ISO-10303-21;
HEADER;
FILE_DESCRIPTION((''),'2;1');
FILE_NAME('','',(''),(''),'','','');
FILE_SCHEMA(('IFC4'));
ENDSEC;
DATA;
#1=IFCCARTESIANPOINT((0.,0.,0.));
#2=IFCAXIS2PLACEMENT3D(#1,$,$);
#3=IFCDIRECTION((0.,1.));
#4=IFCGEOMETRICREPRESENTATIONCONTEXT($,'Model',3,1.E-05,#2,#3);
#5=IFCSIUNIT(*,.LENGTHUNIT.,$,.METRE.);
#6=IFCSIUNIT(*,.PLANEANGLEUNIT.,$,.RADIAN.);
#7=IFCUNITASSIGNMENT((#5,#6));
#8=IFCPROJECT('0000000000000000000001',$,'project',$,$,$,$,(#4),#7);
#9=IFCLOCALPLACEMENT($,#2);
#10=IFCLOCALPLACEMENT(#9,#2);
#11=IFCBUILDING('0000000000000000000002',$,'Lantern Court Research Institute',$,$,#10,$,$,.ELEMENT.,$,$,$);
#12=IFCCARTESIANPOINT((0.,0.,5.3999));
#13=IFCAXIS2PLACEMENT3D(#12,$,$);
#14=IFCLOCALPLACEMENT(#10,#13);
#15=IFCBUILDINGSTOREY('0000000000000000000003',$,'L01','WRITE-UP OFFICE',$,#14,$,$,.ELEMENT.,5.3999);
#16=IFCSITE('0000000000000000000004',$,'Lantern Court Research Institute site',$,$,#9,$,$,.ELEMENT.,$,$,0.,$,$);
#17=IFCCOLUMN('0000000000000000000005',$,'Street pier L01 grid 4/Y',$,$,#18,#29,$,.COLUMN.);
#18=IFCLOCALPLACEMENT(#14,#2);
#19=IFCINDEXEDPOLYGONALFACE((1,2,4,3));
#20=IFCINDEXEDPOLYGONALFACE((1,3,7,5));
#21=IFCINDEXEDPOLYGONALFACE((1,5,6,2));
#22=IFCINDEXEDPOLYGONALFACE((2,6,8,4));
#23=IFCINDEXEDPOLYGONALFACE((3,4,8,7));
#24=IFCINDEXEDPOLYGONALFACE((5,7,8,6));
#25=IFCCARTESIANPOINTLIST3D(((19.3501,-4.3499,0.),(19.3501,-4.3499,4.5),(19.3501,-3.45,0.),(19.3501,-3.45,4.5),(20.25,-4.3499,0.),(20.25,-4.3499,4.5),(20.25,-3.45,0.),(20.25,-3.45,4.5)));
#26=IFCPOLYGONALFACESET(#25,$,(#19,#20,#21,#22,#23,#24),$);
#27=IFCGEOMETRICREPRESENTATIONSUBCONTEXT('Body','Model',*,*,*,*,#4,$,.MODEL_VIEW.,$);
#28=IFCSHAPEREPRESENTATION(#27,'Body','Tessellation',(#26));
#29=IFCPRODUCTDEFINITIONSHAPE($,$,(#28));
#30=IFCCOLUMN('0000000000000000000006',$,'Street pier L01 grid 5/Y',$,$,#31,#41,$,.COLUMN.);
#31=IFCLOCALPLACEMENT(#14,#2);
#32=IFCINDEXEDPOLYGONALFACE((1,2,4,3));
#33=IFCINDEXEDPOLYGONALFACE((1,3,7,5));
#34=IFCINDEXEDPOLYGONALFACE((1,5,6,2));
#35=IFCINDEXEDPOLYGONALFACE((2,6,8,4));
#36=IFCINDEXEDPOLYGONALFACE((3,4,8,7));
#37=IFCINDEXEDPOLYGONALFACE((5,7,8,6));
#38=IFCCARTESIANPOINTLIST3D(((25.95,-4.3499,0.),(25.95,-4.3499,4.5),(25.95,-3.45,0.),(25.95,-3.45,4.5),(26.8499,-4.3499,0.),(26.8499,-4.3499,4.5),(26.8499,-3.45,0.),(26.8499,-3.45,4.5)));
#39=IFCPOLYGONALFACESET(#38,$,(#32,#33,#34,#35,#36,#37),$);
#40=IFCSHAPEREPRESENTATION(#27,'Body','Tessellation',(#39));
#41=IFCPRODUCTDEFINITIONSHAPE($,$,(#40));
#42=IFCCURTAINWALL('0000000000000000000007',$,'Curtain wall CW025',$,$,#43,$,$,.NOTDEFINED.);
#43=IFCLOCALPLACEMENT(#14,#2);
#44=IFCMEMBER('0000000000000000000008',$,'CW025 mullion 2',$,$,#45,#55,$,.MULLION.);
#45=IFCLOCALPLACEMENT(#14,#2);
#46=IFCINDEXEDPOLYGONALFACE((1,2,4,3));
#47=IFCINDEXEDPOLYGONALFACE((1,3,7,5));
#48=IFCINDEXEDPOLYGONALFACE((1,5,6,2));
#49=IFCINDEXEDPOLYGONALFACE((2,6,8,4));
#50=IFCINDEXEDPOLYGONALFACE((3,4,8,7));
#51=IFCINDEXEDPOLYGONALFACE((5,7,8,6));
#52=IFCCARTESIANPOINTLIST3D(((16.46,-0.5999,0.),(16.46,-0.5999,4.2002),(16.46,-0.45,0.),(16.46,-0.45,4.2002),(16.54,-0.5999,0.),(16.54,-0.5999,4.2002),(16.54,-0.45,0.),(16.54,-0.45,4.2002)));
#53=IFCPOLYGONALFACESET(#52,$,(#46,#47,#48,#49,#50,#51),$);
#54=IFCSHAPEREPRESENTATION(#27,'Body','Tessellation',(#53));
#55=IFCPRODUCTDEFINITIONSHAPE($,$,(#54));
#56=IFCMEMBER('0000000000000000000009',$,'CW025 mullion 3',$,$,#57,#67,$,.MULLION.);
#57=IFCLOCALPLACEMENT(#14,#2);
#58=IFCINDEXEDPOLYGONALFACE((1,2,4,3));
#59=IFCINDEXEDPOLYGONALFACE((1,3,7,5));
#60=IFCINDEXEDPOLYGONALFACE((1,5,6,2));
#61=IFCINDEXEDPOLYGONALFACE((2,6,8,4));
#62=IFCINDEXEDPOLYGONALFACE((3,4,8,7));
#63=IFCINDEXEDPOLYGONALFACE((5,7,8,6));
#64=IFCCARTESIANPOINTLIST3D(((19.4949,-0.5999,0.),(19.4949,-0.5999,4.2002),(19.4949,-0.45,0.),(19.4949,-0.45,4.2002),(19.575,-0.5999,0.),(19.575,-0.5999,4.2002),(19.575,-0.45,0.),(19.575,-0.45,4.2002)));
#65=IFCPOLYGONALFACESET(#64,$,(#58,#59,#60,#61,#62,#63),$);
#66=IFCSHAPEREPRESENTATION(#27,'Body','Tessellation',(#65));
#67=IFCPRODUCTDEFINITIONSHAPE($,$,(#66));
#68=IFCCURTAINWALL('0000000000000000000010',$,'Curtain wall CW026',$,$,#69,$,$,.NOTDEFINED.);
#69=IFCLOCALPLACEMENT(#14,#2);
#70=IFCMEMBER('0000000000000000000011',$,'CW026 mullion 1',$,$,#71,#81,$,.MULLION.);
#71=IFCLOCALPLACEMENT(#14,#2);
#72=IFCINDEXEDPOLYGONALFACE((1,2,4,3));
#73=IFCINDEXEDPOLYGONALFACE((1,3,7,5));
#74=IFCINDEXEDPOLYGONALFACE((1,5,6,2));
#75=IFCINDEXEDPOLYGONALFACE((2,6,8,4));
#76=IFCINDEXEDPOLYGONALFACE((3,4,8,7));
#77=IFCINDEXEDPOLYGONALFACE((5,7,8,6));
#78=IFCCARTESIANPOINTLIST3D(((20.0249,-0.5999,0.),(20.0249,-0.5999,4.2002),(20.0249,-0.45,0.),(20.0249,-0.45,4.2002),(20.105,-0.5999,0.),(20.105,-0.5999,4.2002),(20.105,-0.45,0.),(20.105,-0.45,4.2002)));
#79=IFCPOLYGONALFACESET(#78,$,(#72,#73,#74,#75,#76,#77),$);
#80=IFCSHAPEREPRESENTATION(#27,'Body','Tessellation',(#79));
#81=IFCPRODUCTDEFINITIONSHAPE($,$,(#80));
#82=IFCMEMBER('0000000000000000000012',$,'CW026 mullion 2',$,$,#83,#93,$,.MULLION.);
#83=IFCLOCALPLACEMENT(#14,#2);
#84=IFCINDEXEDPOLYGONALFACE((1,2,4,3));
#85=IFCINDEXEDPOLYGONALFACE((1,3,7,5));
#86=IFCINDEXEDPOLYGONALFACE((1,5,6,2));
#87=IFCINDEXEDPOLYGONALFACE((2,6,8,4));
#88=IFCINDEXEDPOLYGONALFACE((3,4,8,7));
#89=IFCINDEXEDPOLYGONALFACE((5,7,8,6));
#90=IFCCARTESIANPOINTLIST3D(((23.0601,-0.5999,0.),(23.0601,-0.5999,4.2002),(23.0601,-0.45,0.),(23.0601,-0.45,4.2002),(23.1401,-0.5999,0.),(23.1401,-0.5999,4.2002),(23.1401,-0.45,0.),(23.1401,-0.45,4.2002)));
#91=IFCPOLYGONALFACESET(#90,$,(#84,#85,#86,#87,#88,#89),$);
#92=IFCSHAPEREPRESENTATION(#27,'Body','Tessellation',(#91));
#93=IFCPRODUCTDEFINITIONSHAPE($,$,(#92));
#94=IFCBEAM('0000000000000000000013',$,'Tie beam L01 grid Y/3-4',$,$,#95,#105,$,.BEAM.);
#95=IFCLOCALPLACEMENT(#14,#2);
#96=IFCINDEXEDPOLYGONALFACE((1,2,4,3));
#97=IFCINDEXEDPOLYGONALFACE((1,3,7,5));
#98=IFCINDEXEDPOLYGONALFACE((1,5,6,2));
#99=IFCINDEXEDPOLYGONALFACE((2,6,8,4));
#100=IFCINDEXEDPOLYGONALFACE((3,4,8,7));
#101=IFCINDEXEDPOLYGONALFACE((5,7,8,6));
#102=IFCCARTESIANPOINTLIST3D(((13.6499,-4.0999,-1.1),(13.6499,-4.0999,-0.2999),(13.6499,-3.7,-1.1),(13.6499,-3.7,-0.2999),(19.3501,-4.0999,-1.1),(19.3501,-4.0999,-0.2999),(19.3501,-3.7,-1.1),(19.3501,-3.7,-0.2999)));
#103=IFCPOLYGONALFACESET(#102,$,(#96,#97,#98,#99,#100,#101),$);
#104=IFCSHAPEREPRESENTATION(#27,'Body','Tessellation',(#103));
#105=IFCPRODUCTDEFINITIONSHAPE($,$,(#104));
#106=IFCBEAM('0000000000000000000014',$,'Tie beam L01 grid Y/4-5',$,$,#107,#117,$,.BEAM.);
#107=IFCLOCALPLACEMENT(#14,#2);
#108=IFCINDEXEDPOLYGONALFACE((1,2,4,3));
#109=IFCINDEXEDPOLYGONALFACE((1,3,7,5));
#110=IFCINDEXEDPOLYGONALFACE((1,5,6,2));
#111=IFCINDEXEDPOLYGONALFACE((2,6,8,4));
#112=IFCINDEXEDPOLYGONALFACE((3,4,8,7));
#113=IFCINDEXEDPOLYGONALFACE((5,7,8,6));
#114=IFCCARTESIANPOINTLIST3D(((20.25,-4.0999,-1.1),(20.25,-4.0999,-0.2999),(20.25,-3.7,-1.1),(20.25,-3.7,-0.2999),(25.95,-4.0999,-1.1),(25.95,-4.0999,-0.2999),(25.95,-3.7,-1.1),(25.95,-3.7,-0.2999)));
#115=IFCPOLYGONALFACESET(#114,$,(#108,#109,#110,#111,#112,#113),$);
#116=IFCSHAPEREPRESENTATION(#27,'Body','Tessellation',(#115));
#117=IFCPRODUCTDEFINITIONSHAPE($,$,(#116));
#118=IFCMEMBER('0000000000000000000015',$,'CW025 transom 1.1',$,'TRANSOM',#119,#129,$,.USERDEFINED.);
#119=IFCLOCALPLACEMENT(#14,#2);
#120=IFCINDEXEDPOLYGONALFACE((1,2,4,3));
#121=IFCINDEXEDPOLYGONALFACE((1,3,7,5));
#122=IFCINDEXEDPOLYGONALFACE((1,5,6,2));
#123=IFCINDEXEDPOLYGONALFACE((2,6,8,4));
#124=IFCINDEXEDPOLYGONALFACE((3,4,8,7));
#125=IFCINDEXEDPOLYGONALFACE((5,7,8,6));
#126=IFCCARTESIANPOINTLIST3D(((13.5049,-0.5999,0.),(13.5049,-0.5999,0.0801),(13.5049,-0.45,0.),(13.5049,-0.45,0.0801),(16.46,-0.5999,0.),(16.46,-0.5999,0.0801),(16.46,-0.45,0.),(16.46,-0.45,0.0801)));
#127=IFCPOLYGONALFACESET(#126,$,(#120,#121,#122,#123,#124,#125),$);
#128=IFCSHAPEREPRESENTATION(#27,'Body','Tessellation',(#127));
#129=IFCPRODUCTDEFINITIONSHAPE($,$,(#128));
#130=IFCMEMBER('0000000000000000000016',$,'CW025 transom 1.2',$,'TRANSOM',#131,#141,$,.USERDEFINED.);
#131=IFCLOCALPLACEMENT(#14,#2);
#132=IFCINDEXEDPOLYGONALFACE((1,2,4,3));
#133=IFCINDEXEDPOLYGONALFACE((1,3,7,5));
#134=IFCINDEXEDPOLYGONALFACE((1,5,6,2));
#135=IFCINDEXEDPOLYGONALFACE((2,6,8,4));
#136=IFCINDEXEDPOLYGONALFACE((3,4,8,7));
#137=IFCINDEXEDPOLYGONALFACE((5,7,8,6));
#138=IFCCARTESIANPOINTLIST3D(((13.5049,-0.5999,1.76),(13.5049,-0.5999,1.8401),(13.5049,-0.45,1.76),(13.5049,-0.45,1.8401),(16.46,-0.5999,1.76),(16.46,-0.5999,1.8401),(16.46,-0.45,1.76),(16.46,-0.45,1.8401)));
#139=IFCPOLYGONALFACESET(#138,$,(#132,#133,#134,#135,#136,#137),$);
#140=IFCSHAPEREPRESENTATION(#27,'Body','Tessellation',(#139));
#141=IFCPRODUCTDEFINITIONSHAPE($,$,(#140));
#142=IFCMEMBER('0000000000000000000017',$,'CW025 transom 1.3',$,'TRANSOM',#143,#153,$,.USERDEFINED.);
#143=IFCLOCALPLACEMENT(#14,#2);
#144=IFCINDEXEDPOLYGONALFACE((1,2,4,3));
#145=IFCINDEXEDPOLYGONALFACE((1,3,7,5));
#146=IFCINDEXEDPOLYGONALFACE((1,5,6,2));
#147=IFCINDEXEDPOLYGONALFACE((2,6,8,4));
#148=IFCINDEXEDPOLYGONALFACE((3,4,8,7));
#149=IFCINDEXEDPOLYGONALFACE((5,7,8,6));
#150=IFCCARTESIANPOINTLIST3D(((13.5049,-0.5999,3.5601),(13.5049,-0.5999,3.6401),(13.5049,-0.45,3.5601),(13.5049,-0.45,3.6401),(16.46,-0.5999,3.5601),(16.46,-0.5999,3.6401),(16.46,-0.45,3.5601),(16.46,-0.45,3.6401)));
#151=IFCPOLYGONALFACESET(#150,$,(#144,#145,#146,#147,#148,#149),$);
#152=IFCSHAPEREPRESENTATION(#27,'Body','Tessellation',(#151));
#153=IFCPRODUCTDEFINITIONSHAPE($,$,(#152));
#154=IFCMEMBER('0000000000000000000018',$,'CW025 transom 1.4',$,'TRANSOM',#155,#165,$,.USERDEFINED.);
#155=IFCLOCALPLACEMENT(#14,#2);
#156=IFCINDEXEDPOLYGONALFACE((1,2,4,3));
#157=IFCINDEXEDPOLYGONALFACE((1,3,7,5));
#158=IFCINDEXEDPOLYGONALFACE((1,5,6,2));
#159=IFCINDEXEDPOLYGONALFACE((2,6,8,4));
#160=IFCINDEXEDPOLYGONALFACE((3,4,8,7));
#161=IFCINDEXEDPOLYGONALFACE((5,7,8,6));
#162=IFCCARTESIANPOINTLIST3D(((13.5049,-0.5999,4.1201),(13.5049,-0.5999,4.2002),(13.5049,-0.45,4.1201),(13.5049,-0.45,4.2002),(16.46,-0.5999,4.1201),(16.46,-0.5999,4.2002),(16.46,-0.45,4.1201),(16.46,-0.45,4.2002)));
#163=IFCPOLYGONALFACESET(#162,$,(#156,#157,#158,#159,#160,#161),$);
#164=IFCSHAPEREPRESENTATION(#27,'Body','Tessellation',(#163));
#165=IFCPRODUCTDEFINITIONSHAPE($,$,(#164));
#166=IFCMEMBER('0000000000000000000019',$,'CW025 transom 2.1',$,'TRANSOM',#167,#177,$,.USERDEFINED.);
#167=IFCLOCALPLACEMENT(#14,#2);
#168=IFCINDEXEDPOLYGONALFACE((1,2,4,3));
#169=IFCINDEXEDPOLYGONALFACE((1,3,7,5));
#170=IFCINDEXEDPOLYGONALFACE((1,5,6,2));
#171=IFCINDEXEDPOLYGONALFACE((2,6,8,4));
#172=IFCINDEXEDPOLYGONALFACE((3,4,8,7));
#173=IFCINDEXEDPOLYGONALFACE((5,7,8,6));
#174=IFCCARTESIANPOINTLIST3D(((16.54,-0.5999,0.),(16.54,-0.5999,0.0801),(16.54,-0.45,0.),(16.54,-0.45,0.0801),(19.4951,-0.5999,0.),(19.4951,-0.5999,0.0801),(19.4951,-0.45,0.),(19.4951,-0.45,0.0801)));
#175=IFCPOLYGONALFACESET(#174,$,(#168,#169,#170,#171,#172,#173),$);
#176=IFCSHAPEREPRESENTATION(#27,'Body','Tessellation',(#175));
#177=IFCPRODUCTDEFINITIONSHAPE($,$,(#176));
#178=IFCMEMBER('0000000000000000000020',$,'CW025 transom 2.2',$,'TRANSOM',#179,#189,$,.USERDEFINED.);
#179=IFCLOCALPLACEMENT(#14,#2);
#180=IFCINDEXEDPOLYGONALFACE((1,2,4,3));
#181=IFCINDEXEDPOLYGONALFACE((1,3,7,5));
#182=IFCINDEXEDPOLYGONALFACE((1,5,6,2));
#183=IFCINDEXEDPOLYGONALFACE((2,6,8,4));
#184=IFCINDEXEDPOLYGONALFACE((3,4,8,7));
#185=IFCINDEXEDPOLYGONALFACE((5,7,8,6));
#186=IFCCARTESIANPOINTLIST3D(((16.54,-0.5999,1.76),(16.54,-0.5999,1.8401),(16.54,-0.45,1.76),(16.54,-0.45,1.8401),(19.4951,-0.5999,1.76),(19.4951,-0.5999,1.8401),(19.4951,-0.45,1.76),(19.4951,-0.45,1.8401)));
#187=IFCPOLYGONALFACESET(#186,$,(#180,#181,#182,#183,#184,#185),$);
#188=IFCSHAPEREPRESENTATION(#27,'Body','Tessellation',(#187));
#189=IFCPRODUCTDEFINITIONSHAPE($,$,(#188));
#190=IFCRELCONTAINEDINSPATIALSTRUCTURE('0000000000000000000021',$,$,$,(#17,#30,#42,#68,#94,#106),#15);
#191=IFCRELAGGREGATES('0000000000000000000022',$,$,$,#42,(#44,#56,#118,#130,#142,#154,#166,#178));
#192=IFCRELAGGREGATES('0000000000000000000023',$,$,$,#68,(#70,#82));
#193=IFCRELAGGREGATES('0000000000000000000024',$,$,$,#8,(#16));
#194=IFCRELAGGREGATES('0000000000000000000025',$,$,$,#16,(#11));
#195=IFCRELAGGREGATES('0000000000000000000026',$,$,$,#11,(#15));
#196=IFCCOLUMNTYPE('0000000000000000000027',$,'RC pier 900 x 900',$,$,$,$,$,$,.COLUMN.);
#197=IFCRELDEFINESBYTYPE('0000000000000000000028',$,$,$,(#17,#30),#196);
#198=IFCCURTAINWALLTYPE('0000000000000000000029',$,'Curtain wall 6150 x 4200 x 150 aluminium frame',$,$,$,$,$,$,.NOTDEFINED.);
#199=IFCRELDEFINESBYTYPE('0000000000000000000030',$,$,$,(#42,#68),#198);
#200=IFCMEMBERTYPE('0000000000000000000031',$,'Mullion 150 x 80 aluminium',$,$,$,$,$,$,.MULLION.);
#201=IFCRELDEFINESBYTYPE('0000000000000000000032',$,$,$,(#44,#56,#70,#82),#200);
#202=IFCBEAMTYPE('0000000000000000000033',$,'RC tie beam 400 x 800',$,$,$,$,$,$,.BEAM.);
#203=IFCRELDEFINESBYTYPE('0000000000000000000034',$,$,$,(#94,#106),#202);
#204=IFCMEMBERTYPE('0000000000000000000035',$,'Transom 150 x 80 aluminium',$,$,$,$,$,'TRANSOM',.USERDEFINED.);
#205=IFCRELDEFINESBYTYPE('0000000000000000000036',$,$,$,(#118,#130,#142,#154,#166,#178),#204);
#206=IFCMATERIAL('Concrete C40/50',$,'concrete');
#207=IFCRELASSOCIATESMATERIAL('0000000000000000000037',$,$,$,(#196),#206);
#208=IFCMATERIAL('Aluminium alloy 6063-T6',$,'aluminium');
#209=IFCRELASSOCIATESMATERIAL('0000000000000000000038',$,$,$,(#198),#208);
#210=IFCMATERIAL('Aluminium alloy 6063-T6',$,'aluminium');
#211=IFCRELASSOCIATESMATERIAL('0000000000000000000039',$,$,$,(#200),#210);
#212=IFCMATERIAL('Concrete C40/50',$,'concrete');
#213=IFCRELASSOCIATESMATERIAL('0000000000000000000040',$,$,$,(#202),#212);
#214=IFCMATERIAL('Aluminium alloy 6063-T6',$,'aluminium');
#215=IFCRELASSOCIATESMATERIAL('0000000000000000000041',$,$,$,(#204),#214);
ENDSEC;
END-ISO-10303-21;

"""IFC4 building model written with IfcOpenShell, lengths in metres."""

from ifc_helpers import new_model, si_unit, direction, frame, origin, origin_2d, place, context, subcontext, project, spatial, rectangle, extrude, material, material_profile, profile_set, type_object, element, aggregate, save


model = new_model("IFC4")

# Units and contexts
model_context = context("Model", 3, precision=1e-05, world=origin(), true_north=direction((0.0, 1.0)))
body_context = subcontext(model_context, "Body", "Model", "MODEL_VIEW")
ifc_project = project(units=[si_unit("LENGTHUNIT", "METRE"), si_unit("PLANEANGLEUNIT", "RADIAN")], contexts=[model_context])

# Site, building, storey
site_placement = place(None, origin())
site = spatial("IfcSite", under=ifc_project, at=site_placement, Name="Lantern Court Research Institute site", CompositionType="ELEMENT", RefElevation=0.0)
building_placement = place(site_placement, origin())
building = spatial("IfcBuilding", under=site, at=building_placement, Name="Lantern Court Research Institute", CompositionType="ELEMENT")
storey_placement = place(building_placement, frame((0.0, 0.0, 5.3999)))
storey = spatial("IfcBuildingStorey", under=building, at=storey_placement, Name="L01", Description="WRITE-UP OFFICE", CompositionType="ELEMENT", Elevation=5.3999)

# Columns
ifc_material_1 = material(Name="Concrete C40/50", Category="concrete")
ifc_material_profile_1 = material_profile(ifc_material_1, rectangle(XDim=0.8999, YDim=0.8999, at=origin_2d()), Name="RC column 900 x 900")
ifc_profile_set_1 = profile_set([ifc_material_profile_1], Name="Concrete C40/50")
column_type = type_object("IfcColumnType", Name="RC pier 900 x 900", PredefinedType="COLUMN", material=ifc_profile_set_1)
for number, where, z_axis, x_axis, name in (
    (1, (19.8, -3.8999, 0.0), (0.0, 0.0, 1.0), (1.0, 0.0, 0.0), "Street pier L01 grid 4/Y"),
    (2, (26.3999, -3.8999, 0.0), (0.0, 0.0, 1.0), (1.0, 0.0, 0.0), "Street pier L01 grid 5/Y"),
):
    element("IfcColumn", number, at=place(storey_placement, frame(where, z_axis=z_axis, x_axis=x_axis)), inside=storey, type_object=column_type, Name=name, PredefinedType="COLUMN", context=body_context, shape_type="SweptSolid", body=[
        extrude(rectangle(XDim=0.8999, YDim=0.8999, at=origin_2d()), origin(), (0.0, 0.0, 1.0), 4.5),
    ])

# Curtain walls, members
ifc_material_2 = material(Name="Aluminium alloy 6063-T6", Category="aluminium")
curtain_wall_type = type_object("IfcCurtainWallType", Name="Curtain wall 6150 x 4200 x 150 aluminium frame", PredefinedType="NOTDEFINED", material=ifc_material_2)
curtain_wall_1_placement = place(storey_placement, origin())
curtain_wall_1 = element("IfcCurtainWall", 3, at=curtain_wall_1_placement, inside=storey, type_object=curtain_wall_type, Name="Curtain wall CW025", PredefinedType="NOTDEFINED")
ifc_material_3 = material(Name="Aluminium alloy 6063-T6", Category="aluminium")
ifc_material_profile_2 = material_profile(ifc_material_3, rectangle(XDim=0.1499, YDim=0.0801, at=origin_2d()), Name="Mullion 150 x 80")
ifc_profile_set_2 = profile_set([ifc_material_profile_2], Name="Aluminium alloy 6063-T6")
member_type_1 = type_object("IfcMemberType", Name="Mullion 150 x 80 aluminium", PredefinedType="MULLION", material=ifc_profile_set_2)
member_1_placement = place(storey_placement, frame((16.5, -0.5249, 0.0), z_axis=(0.0, 0.0, 1.0), x_axis=(0.0, -1.0, 0.0)))
member_1 = element("IfcMember", 4, at=member_1_placement, type_object=member_type_1, Name="CW025 mullion 2", PredefinedType="MULLION", context=body_context, shape_type="SweptSolid", body=[
    extrude(rectangle(XDim=0.1499, YDim=0.0801, at=origin_2d()), origin(), (0.0, 0.0, 1.0), 4.2002),
])
member_2_placement = place(storey_placement, frame((19.5349, -0.5249, 0.0), z_axis=(0.0, 0.0, 1.0), x_axis=(0.0, -1.0, 0.0)))
member_2 = element("IfcMember", 5, at=member_2_placement, type_object=member_type_1, Name="CW025 mullion 3", PredefinedType="MULLION", context=body_context, shape_type="SweptSolid", body=[
    extrude(rectangle(XDim=0.1499, YDim=0.0801, at=origin_2d()), origin(), (0.0, 0.0, 1.0), 4.2002),
])
curtain_wall_2_placement = place(storey_placement, origin())
curtain_wall_2 = element("IfcCurtainWall", 6, at=curtain_wall_2_placement, inside=storey, type_object=curtain_wall_type, Name="Curtain wall CW026", PredefinedType="NOTDEFINED")
member_3_placement = place(storey_placement, frame((20.0649, -0.5249, 0.0), z_axis=(0.0, 0.0, 1.0), x_axis=(0.0, -1.0, 0.0)))
member_3 = element("IfcMember", 7, at=member_3_placement, type_object=member_type_1, Name="CW026 mullion 1", PredefinedType="MULLION", context=body_context, shape_type="SweptSolid", body=[
    extrude(rectangle(XDim=0.1499, YDim=0.0801, at=origin_2d()), origin(), (0.0, 0.0, 1.0), 4.2002),
])
member_4_placement = place(storey_placement, frame((23.1001, -0.5249, 0.0), z_axis=(0.0, 0.0, 1.0), x_axis=(0.0, -1.0, 0.0)))
member_4 = element("IfcMember", 8, at=member_4_placement, type_object=member_type_1, Name="CW026 mullion 2", PredefinedType="MULLION", context=body_context, shape_type="SweptSolid", body=[
    extrude(rectangle(XDim=0.1499, YDim=0.0801, at=origin_2d()), origin(), (0.0, 0.0, 1.0), 4.2002),
])

# Beams
ifc_material_4 = material(Name="Concrete C40/50", Category="concrete")
ifc_material_profile_3 = material_profile(ifc_material_4, rectangle(XDim=0.3999, YDim=0.8, at=origin_2d()), Name="RC beam 400 x 800")
ifc_profile_set_3 = profile_set([ifc_material_profile_3], Name="Concrete C40/50")
beam_type = type_object("IfcBeamType", Name="RC tie beam 400 x 800", PredefinedType="BEAM", material=ifc_profile_set_3)
beam_1_placement = place(storey_placement, frame((13.6499, -3.8999, -0.7), z_axis=(1.0, 0.0, 0.0), x_axis=(0.0, 1.0, 0.0)))
element("IfcBeam", 9, at=beam_1_placement, inside=storey, type_object=beam_type, Name="Tie beam L01 grid Y/3-4", PredefinedType="BEAM", context=body_context, shape_type="SweptSolid", body=[
    extrude(rectangle(XDim=0.3999, YDim=0.8, at=origin_2d()), origin(), (0.0, 0.0, 1.0), 5.7002),
])
beam_2_placement = place(storey_placement, frame((20.25, -3.8999, -0.7), z_axis=(1.0, 0.0, 0.0), x_axis=(0.0, 1.0, 0.0)))
element("IfcBeam", 10, at=beam_2_placement, inside=storey, type_object=beam_type, Name="Tie beam L01 grid Y/4-5", PredefinedType="BEAM", context=body_context, shape_type="SweptSolid", body=[
    extrude(rectangle(XDim=0.3999, YDim=0.8, at=origin_2d()), origin(), (0.0, 0.0, 1.0), 5.7),
])

# Members
ifc_material_5 = material(Name="Aluminium alloy 6063-T6", Category="aluminium")
ifc_material_profile_4 = material_profile(ifc_material_5, rectangle(XDim=0.1499, YDim=0.0801, at=origin_2d()), Name="Transom 150 x 80")
ifc_profile_set_4 = profile_set([ifc_material_profile_4], Name="Aluminium alloy 6063-T6")
member_type_2 = type_object("IfcMemberType", Name="Transom 150 x 80 aluminium", ElementType="TRANSOM", PredefinedType="USERDEFINED", material=ifc_profile_set_4)
member_5_placement = place(storey_placement, frame((16.46, -0.5249, 0.04), z_axis=(-1.0, 0.0, 0.0), x_axis=(0.0, -1.0, 0.0)))
member_5 = element("IfcMember", 11, at=member_5_placement, type_object=member_type_2, Name="CW025 transom 1.1", ObjectType="TRANSOM", PredefinedType="USERDEFINED", context=body_context, shape_type="SweptSolid", body=[
    extrude(rectangle(XDim=0.1499, YDim=0.0801, at=origin_2d()), origin(), (0.0, 0.0, 1.0), 2.9551),
])
member_6_placement = place(storey_placement, frame((16.46, -0.5249, 1.8), z_axis=(-1.0, 0.0, 0.0), x_axis=(0.0, -1.0, 0.0)))
member_6 = element("IfcMember", 12, at=member_6_placement, type_object=member_type_2, Name="CW025 transom 1.2", ObjectType="TRANSOM", PredefinedType="USERDEFINED", context=body_context, shape_type="SweptSolid", body=[
    extrude(rectangle(XDim=0.1499, YDim=0.0801, at=origin_2d()), origin(), (0.0, 0.0, 1.0), 2.9551),
])
member_7_placement = place(storey_placement, frame((16.46, -0.5249, 3.6001), z_axis=(-1.0, 0.0, 0.0), x_axis=(0.0, -1.0, 0.0)))
member_7 = element("IfcMember", 13, at=member_7_placement, type_object=member_type_2, Name="CW025 transom 1.3", ObjectType="TRANSOM", PredefinedType="USERDEFINED", context=body_context, shape_type="SweptSolid", body=[
    extrude(rectangle(XDim=0.1499, YDim=0.0801, at=origin_2d()), origin(), (0.0, 0.0, 1.0), 2.9551),
])
member_8_placement = place(storey_placement, frame((16.46, -0.5249, 4.1602), z_axis=(-1.0, 0.0, 0.0), x_axis=(0.0, -1.0, 0.0)))
member_8 = element("IfcMember", 14, at=member_8_placement, type_object=member_type_2, Name="CW025 transom 1.4", ObjectType="TRANSOM", PredefinedType="USERDEFINED", context=body_context, shape_type="SweptSolid", body=[
    extrude(rectangle(XDim=0.1499, YDim=0.0801, at=origin_2d()), origin(), (0.0, 0.0, 1.0), 2.9551),
])
member_9_placement = place(storey_placement, frame((19.4951, -0.5249, 0.04), z_axis=(-1.0, 0.0, 0.0), x_axis=(0.0, -1.0, 0.0)))
member_9 = element("IfcMember", 15, at=member_9_placement, type_object=member_type_2, Name="CW025 transom 2.1", ObjectType="TRANSOM", PredefinedType="USERDEFINED", context=body_context, shape_type="SweptSolid", body=[
    extrude(rectangle(XDim=0.1499, YDim=0.0801, at=origin_2d()), origin(), (0.0, 0.0, 1.0), 2.9551),
])
member_10_placement = place(storey_placement, frame((19.4951, -0.5249, 1.8), z_axis=(-1.0, 0.0, 0.0), x_axis=(0.0, -1.0, 0.0)))
member_10 = element("IfcMember", 16, at=member_10_placement, type_object=member_type_2, Name="CW025 transom 2.2", ObjectType="TRANSOM", PredefinedType="USERDEFINED", context=body_context, shape_type="SweptSolid", body=[
    extrude(rectangle(XDim=0.1499, YDim=0.0801, at=origin_2d()), origin(), (0.0, 0.0, 1.0), 2.9551),
])

aggregate(curtain_wall_1, [member_1, member_2, member_5, member_6, member_7, member_8, member_9, member_10])
aggregate(curtain_wall_2, [member_3, member_4])

save(model, "model.ifc")
